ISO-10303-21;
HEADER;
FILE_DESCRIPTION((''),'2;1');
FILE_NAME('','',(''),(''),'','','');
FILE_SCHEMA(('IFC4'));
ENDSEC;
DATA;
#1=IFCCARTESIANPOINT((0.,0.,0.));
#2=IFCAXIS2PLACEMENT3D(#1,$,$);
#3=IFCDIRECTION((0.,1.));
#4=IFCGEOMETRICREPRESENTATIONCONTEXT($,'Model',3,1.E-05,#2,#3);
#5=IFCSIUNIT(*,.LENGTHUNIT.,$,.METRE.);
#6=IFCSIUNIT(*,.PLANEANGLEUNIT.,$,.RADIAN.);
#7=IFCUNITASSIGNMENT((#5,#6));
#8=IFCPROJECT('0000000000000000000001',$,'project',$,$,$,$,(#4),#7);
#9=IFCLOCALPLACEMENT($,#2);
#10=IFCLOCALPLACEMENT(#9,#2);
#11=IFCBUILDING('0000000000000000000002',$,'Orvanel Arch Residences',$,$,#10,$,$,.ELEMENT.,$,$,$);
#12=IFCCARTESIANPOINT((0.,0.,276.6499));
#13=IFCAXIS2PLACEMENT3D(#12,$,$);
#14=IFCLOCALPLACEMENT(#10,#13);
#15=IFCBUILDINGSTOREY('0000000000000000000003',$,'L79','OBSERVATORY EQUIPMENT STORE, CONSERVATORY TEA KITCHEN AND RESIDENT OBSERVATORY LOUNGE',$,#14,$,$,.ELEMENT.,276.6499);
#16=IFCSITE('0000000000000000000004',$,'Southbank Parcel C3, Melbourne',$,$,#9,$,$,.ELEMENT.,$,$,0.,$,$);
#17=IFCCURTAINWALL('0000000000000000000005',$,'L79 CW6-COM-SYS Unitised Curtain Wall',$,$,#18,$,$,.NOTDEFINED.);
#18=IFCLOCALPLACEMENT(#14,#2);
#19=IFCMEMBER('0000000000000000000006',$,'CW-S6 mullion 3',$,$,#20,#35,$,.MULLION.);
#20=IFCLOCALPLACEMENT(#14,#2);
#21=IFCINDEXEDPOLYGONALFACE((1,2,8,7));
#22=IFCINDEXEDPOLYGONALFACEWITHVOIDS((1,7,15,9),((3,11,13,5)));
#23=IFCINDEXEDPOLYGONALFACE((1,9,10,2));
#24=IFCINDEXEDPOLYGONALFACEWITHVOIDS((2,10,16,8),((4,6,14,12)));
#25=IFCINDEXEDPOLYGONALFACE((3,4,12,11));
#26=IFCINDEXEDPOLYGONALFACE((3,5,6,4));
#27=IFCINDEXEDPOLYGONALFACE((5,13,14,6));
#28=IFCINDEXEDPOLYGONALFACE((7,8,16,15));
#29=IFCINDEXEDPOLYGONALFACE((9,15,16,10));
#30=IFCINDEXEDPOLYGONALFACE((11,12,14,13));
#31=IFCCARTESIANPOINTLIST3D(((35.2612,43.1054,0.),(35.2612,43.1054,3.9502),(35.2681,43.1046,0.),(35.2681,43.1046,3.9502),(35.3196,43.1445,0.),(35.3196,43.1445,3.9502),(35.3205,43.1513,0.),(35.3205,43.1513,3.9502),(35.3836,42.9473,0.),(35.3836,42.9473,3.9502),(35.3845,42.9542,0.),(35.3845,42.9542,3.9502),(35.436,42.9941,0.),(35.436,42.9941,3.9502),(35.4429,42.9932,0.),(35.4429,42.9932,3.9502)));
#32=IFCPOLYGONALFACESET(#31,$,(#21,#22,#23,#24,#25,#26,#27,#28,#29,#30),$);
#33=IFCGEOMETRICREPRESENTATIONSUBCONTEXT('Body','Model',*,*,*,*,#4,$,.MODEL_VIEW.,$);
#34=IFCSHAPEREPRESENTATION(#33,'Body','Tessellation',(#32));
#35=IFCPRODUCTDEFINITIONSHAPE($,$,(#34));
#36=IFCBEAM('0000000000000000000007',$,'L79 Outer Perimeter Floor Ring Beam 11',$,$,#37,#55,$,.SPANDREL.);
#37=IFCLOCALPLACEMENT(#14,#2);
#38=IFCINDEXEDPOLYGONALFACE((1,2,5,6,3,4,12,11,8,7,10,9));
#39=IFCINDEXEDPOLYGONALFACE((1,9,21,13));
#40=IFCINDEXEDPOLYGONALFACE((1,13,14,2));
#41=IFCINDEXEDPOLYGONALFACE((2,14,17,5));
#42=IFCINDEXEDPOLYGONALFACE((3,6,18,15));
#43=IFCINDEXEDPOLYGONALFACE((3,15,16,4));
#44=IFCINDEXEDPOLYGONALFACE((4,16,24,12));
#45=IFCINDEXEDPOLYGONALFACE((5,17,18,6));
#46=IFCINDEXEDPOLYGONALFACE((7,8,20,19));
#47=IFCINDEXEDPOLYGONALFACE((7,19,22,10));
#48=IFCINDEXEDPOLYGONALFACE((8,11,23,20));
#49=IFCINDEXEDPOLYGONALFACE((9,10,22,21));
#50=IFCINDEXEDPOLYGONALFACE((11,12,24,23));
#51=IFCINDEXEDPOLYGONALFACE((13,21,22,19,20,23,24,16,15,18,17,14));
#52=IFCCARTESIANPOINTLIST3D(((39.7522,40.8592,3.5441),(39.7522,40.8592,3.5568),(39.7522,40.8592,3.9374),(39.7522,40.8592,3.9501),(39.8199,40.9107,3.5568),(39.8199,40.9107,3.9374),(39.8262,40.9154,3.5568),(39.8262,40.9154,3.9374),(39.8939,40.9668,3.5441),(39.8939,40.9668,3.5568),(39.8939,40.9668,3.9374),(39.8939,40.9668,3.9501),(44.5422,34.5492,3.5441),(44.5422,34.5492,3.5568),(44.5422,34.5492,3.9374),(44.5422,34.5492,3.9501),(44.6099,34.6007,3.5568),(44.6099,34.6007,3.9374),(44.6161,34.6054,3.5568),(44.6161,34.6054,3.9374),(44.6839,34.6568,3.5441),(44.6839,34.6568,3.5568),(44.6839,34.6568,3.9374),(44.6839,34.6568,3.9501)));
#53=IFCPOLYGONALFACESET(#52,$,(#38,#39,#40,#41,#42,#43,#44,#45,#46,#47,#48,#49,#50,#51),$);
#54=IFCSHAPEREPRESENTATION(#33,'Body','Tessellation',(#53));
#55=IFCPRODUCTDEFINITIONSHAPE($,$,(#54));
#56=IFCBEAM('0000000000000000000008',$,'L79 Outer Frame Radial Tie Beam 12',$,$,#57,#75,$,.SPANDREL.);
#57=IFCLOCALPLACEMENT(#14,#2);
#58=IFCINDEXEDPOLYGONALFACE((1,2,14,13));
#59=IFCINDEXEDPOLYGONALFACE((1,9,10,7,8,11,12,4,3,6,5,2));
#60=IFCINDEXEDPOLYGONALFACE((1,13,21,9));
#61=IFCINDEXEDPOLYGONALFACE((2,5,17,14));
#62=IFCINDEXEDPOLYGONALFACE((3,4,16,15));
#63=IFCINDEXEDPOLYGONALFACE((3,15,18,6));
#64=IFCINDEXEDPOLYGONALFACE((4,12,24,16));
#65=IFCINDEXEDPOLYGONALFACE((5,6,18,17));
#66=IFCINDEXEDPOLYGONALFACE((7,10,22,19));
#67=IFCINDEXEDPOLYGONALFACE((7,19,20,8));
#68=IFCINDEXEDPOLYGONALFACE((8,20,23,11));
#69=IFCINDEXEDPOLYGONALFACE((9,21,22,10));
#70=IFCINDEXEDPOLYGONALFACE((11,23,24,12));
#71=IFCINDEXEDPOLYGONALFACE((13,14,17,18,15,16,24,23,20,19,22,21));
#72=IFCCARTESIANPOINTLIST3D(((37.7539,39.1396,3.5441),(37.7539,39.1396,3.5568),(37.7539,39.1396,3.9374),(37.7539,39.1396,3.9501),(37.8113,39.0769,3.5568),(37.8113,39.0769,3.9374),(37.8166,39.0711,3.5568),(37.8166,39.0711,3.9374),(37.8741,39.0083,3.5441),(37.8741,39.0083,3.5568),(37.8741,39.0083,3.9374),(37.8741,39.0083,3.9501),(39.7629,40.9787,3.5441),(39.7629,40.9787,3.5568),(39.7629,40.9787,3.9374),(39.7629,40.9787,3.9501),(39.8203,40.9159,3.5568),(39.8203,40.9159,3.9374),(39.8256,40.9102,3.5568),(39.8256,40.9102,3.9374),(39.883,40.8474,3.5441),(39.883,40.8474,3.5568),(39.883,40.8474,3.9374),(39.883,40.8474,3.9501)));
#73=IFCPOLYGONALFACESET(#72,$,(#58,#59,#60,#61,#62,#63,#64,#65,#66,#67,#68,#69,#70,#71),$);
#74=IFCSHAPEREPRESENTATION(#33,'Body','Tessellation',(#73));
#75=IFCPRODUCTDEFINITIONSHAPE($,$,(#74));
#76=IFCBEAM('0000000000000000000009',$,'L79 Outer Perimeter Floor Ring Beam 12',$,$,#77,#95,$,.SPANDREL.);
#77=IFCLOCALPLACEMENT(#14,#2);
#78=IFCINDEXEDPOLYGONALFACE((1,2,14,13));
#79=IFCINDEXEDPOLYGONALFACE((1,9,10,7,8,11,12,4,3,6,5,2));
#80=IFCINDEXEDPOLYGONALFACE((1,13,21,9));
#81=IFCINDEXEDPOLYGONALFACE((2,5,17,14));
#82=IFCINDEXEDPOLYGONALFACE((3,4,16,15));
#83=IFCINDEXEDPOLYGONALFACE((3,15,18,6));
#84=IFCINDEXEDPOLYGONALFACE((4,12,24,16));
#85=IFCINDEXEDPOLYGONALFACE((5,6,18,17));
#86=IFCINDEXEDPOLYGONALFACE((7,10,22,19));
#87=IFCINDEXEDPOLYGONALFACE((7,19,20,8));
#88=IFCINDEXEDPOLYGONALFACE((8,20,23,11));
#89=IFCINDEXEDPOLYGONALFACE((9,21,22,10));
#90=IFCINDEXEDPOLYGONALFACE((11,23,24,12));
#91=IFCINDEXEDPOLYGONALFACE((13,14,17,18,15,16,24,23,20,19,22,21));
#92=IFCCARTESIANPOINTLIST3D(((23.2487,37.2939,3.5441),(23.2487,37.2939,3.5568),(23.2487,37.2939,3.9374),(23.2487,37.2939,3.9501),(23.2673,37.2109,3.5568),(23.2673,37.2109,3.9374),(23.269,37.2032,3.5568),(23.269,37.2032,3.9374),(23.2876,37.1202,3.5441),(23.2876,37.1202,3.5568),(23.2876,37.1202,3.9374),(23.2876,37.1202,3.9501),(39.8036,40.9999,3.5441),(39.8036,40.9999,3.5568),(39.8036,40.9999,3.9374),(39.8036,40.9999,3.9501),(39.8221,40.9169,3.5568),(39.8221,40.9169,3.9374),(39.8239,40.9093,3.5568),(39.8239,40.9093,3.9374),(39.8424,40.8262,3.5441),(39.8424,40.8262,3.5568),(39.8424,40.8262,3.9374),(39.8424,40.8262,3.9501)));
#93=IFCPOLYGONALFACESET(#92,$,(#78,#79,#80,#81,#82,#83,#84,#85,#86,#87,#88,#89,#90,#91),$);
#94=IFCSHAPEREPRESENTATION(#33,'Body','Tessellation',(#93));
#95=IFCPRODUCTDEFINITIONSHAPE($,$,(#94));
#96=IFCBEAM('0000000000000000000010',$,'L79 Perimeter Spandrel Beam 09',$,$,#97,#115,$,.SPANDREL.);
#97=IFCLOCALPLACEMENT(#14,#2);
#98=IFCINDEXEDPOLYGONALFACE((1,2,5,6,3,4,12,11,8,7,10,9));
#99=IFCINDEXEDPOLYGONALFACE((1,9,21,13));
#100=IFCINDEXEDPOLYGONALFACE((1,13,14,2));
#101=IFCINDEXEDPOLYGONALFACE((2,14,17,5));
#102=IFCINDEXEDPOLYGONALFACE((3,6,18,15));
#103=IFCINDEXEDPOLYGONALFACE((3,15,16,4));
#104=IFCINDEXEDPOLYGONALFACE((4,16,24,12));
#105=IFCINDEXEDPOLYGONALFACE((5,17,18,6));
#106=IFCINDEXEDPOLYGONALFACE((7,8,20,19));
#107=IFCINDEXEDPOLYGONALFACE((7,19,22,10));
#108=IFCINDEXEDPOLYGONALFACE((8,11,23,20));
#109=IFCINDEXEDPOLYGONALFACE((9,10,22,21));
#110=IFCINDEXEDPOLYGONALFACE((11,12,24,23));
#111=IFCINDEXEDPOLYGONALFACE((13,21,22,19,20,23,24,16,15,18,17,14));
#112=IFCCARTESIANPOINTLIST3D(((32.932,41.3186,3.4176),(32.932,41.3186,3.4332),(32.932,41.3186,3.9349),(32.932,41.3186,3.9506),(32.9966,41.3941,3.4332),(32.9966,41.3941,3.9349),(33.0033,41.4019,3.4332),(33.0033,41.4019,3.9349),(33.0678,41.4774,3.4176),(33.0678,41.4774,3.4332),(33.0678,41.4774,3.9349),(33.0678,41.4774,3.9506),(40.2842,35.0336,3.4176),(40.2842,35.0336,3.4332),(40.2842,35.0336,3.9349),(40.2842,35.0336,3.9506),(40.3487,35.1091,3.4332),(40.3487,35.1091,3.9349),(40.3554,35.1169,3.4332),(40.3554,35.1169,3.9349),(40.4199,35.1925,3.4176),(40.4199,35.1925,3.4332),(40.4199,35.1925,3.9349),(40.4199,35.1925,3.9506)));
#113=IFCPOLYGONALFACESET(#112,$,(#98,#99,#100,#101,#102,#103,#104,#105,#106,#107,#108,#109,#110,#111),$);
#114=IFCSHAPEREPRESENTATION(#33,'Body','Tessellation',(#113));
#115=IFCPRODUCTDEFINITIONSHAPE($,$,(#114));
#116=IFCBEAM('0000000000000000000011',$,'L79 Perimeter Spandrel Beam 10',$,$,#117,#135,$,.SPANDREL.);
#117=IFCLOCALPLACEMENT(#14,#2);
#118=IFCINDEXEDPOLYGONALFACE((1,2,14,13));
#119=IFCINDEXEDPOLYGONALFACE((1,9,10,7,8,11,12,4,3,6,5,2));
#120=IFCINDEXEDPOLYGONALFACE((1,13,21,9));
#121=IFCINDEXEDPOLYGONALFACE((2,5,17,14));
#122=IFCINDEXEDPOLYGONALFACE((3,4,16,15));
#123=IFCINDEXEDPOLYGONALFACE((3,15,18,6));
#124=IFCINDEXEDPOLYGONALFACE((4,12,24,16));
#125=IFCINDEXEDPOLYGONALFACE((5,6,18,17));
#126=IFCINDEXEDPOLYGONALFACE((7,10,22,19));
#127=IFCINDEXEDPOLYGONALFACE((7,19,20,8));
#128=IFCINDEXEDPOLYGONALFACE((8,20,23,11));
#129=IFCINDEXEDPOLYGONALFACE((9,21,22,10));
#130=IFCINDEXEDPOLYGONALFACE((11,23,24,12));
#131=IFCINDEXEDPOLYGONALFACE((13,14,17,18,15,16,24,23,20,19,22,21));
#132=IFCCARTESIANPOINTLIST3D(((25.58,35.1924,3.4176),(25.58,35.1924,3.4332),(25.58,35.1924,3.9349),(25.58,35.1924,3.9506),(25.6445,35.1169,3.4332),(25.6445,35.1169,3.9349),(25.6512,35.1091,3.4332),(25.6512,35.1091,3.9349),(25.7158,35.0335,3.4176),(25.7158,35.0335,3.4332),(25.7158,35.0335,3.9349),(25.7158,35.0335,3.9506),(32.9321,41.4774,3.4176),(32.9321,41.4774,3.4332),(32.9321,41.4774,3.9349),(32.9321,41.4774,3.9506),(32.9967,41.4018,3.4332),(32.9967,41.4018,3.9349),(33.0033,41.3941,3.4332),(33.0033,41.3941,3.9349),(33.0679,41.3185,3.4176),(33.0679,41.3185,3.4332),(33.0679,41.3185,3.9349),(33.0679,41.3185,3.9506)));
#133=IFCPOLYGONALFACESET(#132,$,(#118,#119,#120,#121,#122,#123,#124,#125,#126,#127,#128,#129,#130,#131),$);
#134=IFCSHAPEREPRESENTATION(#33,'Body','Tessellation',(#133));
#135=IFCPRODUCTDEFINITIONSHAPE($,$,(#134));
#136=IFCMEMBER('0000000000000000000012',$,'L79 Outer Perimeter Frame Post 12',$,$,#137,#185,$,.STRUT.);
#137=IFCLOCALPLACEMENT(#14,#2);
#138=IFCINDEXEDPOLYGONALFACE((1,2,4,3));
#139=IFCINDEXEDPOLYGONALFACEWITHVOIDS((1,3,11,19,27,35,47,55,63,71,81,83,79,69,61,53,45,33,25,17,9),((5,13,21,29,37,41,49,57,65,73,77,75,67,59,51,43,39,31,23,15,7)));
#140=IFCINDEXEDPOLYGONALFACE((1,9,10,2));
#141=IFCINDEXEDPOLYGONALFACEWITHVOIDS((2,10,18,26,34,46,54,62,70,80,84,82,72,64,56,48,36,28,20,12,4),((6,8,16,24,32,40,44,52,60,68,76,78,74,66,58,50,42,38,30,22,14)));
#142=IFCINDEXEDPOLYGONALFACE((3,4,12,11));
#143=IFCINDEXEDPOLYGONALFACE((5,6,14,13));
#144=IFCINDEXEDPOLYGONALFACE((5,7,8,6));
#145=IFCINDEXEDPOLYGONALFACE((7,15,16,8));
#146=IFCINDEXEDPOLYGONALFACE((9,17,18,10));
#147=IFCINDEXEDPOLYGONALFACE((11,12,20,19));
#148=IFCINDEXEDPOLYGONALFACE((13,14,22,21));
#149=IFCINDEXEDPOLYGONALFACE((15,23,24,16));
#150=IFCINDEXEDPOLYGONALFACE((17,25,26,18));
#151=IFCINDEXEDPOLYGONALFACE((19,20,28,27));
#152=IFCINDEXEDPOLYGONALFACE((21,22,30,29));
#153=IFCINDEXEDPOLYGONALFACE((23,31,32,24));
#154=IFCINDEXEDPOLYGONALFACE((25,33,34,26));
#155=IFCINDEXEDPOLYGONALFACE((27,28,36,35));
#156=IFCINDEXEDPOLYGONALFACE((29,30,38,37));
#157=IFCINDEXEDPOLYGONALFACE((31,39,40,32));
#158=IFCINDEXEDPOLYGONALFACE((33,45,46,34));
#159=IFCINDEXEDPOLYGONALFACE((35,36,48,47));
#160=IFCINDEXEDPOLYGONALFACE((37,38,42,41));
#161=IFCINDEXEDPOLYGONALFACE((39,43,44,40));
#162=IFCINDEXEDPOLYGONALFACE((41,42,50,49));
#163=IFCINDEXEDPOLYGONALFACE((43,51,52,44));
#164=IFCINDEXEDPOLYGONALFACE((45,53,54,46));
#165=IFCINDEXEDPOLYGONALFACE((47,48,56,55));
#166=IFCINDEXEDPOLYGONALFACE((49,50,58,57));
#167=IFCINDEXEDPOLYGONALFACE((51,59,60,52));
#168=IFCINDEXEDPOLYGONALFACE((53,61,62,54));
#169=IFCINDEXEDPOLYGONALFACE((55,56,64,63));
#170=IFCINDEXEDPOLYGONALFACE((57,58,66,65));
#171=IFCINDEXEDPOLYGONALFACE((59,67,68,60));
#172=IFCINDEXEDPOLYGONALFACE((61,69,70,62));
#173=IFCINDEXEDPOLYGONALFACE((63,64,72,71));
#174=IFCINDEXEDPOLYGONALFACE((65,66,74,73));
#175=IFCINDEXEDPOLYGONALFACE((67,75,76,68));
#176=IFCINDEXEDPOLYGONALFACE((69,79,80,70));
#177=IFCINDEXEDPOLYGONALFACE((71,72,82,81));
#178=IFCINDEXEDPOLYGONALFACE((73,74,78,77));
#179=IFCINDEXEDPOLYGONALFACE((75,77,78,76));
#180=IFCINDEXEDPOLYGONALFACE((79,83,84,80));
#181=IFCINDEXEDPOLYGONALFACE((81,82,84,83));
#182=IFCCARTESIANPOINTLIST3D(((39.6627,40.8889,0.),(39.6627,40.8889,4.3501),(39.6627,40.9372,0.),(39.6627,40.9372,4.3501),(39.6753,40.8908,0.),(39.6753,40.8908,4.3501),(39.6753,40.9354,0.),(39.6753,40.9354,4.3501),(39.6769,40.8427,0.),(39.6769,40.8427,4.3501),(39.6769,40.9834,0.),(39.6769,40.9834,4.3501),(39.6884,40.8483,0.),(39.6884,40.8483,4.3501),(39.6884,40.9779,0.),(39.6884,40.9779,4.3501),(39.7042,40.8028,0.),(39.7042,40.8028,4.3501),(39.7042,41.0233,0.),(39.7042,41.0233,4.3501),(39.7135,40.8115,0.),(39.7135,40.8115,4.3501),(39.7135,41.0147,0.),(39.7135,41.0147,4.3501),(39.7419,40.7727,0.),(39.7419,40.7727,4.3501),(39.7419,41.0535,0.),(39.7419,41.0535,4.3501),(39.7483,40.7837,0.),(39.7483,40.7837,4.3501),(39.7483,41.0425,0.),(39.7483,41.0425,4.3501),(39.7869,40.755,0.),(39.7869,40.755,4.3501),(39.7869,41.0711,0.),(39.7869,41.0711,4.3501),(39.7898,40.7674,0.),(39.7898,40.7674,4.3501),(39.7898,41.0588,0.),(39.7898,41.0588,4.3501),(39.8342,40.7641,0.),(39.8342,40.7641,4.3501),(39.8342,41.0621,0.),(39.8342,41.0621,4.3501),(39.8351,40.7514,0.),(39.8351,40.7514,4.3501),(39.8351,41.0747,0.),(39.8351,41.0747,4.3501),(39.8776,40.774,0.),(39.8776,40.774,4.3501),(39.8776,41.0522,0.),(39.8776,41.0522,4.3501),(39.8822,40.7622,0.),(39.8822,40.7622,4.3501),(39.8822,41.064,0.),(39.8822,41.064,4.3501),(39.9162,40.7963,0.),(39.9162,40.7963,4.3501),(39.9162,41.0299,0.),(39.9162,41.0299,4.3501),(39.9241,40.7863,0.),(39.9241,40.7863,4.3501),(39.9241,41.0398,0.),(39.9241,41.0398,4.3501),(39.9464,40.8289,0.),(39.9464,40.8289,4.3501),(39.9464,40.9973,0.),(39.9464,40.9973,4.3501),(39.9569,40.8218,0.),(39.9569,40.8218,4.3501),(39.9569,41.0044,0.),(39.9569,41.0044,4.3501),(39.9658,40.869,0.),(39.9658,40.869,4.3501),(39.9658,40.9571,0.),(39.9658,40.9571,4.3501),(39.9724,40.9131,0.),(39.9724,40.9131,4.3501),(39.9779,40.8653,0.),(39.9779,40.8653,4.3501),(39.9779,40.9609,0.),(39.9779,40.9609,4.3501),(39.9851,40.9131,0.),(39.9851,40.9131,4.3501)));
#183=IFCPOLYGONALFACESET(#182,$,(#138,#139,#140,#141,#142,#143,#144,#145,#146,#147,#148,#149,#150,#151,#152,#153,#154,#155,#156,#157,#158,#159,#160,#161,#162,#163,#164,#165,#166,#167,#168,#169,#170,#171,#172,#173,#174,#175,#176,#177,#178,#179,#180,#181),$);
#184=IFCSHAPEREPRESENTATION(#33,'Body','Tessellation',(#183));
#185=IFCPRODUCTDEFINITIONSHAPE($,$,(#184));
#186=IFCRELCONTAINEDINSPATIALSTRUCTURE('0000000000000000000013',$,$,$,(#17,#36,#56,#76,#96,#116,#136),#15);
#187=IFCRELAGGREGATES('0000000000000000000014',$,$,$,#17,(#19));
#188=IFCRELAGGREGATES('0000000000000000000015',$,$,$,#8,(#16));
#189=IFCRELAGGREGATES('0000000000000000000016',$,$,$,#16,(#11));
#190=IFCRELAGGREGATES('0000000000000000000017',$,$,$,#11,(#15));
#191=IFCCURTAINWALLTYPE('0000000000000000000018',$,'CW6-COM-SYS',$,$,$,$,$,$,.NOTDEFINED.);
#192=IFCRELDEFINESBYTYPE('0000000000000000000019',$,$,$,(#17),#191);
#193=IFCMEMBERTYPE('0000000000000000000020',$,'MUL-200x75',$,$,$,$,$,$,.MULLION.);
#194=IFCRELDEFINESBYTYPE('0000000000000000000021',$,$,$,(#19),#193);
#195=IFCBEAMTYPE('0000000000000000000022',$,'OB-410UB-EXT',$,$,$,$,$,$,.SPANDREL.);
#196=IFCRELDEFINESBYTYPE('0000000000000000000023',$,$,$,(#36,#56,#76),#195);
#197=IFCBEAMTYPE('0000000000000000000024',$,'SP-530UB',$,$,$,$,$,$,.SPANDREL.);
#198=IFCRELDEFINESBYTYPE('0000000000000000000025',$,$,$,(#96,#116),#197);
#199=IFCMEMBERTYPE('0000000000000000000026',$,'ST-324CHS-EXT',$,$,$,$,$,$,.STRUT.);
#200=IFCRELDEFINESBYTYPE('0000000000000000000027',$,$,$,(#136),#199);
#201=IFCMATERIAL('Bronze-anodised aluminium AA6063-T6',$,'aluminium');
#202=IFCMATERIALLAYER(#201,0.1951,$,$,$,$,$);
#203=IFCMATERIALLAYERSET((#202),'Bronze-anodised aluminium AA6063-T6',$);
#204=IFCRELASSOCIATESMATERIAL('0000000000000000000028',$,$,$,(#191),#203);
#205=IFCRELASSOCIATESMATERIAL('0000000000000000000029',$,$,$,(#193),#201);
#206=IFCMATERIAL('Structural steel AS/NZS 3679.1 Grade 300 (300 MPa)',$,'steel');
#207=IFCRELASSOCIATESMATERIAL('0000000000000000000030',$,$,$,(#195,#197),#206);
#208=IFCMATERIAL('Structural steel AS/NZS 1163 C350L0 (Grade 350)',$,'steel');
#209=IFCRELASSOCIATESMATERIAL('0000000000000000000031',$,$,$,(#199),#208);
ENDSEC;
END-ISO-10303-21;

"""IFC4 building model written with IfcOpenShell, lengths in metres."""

from ifc_helpers import new_model, si_unit, direction, frame, origin, origin_2d, place, context, subcontext, project, spatial, hollow_rectangle, hollow_circle, i_section, extrude, material, layer, layer_set, material_profile, profile_set, type_object, element, aggregate, save


model = new_model("IFC4")

# Units and contexts
model_context = context("Model", 3, precision=1e-05, world=origin(), true_north=direction((0.0, 1.0)))
body_context = subcontext(model_context, "Body", "Model", "MODEL_VIEW")
ifc_project = project(units=[si_unit("LENGTHUNIT", "METRE"), si_unit("PLANEANGLEUNIT", "RADIAN")], contexts=[model_context])

# Site, building, storey
site_placement = place(None, origin())
site = spatial("IfcSite", under=ifc_project, at=site_placement, Name="Southbank Parcel C3, Melbourne", CompositionType="ELEMENT", RefElevation=0.0)
building_placement = place(site_placement, origin())
building = spatial("IfcBuilding", under=site, at=building_placement, Name="Orvanel Arch Residences", CompositionType="ELEMENT")
storey_placement = place(building_placement, frame((0.0, 0.0, 276.6499)))
storey = spatial("IfcBuildingStorey", under=building, at=storey_placement, Name="L79", Description="OBSERVATORY EQUIPMENT STORE, CONSERVATORY TEA KITCHEN AND RESIDENT OBSERVATORY LOUNGE", CompositionType="ELEMENT", Elevation=276.6499)

# Shared definitions
ifc_material_1 = material(Name="Structural steel AS/NZS 3679.1 Grade 300 (300 MPa)", Category="steel")

# Curtain wall, member
ifc_material_2 = material(Name="Bronze-anodised aluminium AA6063-T6", Category="aluminium")
ifc_layer_1 = layer(ifc_material_2, 0.1951)
ifc_layer_set_1 = layer_set([ifc_layer_1], Name="Bronze-anodised aluminium AA6063-T6")
curtain_wall_type_1 = type_object("IfcCurtainWallType", Name="CW6-COM-SYS", PredefinedType="NOTDEFINED", material=ifc_layer_set_1)
curtain_wall_1_placement = place(storey_placement, origin())
curtain_wall_1 = element("IfcCurtainWall", 1, at=curtain_wall_1_placement, inside=storey, type_object=curtain_wall_type_1, Name="L79 CW6-COM-SYS Unitised Curtain Wall", PredefinedType="NOTDEFINED")
ifc_material_profile_1 = material_profile(ifc_material_2, hollow_rectangle(XDim=0.075, YDim=0.2, WallThickness=0.0049, at=origin_2d()), Name="ALU200x75x5")
ifc_profile_set_1 = profile_set([ifc_material_profile_1], Name="Bronze-anodised aluminium AA6063-T6")
member_type_1 = type_object("IfcMemberType", Name="MUL-200x75", PredefinedType="MULLION", material=ifc_profile_set_1)
member_1_placement = place(storey_placement, frame((35.3521, 43.0493, 0.0), z_axis=(0.0, 0.0, 1.0), x_axis=(-0.790837, -0.612027, 0.0)))
member_1 = element("IfcMember", 2, at=member_1_placement, type_object=member_type_1, Name="CW-S6 mullion 3", PredefinedType="MULLION", context=body_context, shape_type="SweptSolid", body=[
    extrude(hollow_rectangle(XDim=0.075, YDim=0.2, WallThickness=0.0049, at=origin_2d()), origin(), (0.0, 0.0, 1.0), 3.9502),
])

# Beams
ifc_material_profile_2 = material_profile(ifc_material_1, i_section(OverallWidth=0.178, OverallDepth=0.406, WebThickness=0.0078, FlangeThickness=0.0127, at=origin_2d()), Name="410UB59.7")
ifc_profile_set_2 = profile_set([ifc_material_profile_2], Name="Structural steel AS/NZS 3679.1 Grade 300 (300 MPa)")
beam_type_1 = type_object("IfcBeamType", Name="OB-410UB-EXT", PredefinedType="SPANDREL", material=ifc_profile_set_2)
beam_1_placement = place(storey_placement, frame((44.613, 34.603, 3.7471), z_axis=(-0.604635, 0.796503, 0.0), x_axis=(-0.796503, -0.604635, 0.0)))
element("IfcBeam", 3, at=beam_1_placement, inside=storey, type_object=beam_type_1, Name="L79 Outer Perimeter Floor Ring Beam 11", PredefinedType="SPANDREL", context=body_context, shape_type="SweptSolid", body=[
    extrude(i_section(OverallWidth=0.178, OverallDepth=0.406, WebThickness=0.0078, FlangeThickness=0.0127, at=origin_2d()), origin(), (0.0, 0.0, 1.0), 7.9221),
])
beam_2_placement = place(storey_placement, frame((37.814, 39.074, 3.7471), z_axis=(0.737612, 0.675225, 0.0), x_axis=(-0.675225, 0.737612, 0.0)))
element("IfcBeam", 4, at=beam_2_placement, inside=storey, type_object=beam_type_1, Name="L79 Outer Frame Radial Tie Beam 12", PredefinedType="SPANDREL", context=body_context, shape_type="SweptSolid", body=[
    extrude(i_section(OverallWidth=0.178, OverallDepth=0.406, WebThickness=0.0078, FlangeThickness=0.0127, at=origin_2d()), origin(), (0.0, 0.0, 1.0), 2.7236),
])
beam_3_placement = place(storey_placement, frame((39.823, 40.9131, 3.7471), z_axis=(-0.975847, -0.218457, 0.0), x_axis=(0.218457, -0.975847, 0.0)))
element("IfcBeam", 5, at=beam_3_placement, inside=storey, type_object=beam_type_1, Name="L79 Outer Perimeter Floor Ring Beam 12", PredefinedType="SPANDREL", context=body_context, shape_type="SweptSolid", body=[
    extrude(i_section(OverallWidth=0.178, OverallDepth=0.406, WebThickness=0.0078, FlangeThickness=0.0127, at=origin_2d()), origin(), (0.0, 0.0, 1.0), 16.9646),
])
ifc_material_profile_3 = material_profile(ifc_material_1, i_section(OverallWidth=0.209, OverallDepth=0.533, WebThickness=0.0103, FlangeThickness=0.0156, at=origin_2d()), Name="530UB92.4")
ifc_profile_set_3 = profile_set([ifc_material_profile_3], Name="Structural steel AS/NZS 3679.1 Grade 300 (300 MPa)")
beam_type_2 = type_object("IfcBeamType", Name="SP-530UB", PredefinedType="SPANDREL", material=ifc_profile_set_3)
for number, where, z_axis, x_axis, name in (
    (6, (40.3521, 35.113, 3.6841), (-0.760117, 0.649787, 0.0), (-0.649787, -0.760117, 0.0), "L79 Perimeter Spandrel Beam 09"),
    (7, (33.0, 41.3979, 3.6841), (-0.760117, -0.649787, 0.0), (0.649787, -0.760117, 0.0), "L79 Perimeter Spandrel Beam 10"),
):
    element("IfcBeam", number, at=place(storey_placement, frame(where, z_axis=z_axis, x_axis=x_axis)), inside=storey, type_object=beam_type_2, Name=name, PredefinedType="SPANDREL", context=body_context, shape_type="SweptSolid", body=[
        extrude(i_section(OverallWidth=0.209, OverallDepth=0.533, WebThickness=0.0103, FlangeThickness=0.0156, at=origin_2d()), origin(), (0.0, 0.0, 1.0), 9.6724),
    ])

# Member
ifc_material_3 = material(Name="Structural steel AS/NZS 1163 C350L0 (Grade 350)", Category="steel")
ifc_material_profile_4 = material_profile(ifc_material_3, hollow_circle(Radius=0.1621, WallThickness=0.0127, at=origin_2d()), Name="CHS324x12.7")
ifc_profile_set_4 = profile_set([ifc_material_profile_4], Name="Structural steel AS/NZS 1163 C350L0 (Grade 350)")
member_type_2 = type_object("IfcMemberType", Name="ST-324CHS-EXT", PredefinedType="STRUT", material=ifc_profile_set_4)
member_2_placement = place(storey_placement, frame((39.823, 40.9131, 0.0), z_axis=(0.0, 0.0, 1.0), x_axis=(1.0, 0.0, 0.0)))
element("IfcMember", 8, at=member_2_placement, inside=storey, type_object=member_type_2, Name="L79 Outer Perimeter Frame Post 12", PredefinedType="STRUT", context=body_context, shape_type="SweptSolid", body=[
    extrude(hollow_circle(Radius=0.1621, WallThickness=0.0127, at=origin_2d()), origin(), (0.0, 0.0, 1.0), 4.3501),
])

aggregate(curtain_wall_1, [member_1])

save(model, "model.ifc")
